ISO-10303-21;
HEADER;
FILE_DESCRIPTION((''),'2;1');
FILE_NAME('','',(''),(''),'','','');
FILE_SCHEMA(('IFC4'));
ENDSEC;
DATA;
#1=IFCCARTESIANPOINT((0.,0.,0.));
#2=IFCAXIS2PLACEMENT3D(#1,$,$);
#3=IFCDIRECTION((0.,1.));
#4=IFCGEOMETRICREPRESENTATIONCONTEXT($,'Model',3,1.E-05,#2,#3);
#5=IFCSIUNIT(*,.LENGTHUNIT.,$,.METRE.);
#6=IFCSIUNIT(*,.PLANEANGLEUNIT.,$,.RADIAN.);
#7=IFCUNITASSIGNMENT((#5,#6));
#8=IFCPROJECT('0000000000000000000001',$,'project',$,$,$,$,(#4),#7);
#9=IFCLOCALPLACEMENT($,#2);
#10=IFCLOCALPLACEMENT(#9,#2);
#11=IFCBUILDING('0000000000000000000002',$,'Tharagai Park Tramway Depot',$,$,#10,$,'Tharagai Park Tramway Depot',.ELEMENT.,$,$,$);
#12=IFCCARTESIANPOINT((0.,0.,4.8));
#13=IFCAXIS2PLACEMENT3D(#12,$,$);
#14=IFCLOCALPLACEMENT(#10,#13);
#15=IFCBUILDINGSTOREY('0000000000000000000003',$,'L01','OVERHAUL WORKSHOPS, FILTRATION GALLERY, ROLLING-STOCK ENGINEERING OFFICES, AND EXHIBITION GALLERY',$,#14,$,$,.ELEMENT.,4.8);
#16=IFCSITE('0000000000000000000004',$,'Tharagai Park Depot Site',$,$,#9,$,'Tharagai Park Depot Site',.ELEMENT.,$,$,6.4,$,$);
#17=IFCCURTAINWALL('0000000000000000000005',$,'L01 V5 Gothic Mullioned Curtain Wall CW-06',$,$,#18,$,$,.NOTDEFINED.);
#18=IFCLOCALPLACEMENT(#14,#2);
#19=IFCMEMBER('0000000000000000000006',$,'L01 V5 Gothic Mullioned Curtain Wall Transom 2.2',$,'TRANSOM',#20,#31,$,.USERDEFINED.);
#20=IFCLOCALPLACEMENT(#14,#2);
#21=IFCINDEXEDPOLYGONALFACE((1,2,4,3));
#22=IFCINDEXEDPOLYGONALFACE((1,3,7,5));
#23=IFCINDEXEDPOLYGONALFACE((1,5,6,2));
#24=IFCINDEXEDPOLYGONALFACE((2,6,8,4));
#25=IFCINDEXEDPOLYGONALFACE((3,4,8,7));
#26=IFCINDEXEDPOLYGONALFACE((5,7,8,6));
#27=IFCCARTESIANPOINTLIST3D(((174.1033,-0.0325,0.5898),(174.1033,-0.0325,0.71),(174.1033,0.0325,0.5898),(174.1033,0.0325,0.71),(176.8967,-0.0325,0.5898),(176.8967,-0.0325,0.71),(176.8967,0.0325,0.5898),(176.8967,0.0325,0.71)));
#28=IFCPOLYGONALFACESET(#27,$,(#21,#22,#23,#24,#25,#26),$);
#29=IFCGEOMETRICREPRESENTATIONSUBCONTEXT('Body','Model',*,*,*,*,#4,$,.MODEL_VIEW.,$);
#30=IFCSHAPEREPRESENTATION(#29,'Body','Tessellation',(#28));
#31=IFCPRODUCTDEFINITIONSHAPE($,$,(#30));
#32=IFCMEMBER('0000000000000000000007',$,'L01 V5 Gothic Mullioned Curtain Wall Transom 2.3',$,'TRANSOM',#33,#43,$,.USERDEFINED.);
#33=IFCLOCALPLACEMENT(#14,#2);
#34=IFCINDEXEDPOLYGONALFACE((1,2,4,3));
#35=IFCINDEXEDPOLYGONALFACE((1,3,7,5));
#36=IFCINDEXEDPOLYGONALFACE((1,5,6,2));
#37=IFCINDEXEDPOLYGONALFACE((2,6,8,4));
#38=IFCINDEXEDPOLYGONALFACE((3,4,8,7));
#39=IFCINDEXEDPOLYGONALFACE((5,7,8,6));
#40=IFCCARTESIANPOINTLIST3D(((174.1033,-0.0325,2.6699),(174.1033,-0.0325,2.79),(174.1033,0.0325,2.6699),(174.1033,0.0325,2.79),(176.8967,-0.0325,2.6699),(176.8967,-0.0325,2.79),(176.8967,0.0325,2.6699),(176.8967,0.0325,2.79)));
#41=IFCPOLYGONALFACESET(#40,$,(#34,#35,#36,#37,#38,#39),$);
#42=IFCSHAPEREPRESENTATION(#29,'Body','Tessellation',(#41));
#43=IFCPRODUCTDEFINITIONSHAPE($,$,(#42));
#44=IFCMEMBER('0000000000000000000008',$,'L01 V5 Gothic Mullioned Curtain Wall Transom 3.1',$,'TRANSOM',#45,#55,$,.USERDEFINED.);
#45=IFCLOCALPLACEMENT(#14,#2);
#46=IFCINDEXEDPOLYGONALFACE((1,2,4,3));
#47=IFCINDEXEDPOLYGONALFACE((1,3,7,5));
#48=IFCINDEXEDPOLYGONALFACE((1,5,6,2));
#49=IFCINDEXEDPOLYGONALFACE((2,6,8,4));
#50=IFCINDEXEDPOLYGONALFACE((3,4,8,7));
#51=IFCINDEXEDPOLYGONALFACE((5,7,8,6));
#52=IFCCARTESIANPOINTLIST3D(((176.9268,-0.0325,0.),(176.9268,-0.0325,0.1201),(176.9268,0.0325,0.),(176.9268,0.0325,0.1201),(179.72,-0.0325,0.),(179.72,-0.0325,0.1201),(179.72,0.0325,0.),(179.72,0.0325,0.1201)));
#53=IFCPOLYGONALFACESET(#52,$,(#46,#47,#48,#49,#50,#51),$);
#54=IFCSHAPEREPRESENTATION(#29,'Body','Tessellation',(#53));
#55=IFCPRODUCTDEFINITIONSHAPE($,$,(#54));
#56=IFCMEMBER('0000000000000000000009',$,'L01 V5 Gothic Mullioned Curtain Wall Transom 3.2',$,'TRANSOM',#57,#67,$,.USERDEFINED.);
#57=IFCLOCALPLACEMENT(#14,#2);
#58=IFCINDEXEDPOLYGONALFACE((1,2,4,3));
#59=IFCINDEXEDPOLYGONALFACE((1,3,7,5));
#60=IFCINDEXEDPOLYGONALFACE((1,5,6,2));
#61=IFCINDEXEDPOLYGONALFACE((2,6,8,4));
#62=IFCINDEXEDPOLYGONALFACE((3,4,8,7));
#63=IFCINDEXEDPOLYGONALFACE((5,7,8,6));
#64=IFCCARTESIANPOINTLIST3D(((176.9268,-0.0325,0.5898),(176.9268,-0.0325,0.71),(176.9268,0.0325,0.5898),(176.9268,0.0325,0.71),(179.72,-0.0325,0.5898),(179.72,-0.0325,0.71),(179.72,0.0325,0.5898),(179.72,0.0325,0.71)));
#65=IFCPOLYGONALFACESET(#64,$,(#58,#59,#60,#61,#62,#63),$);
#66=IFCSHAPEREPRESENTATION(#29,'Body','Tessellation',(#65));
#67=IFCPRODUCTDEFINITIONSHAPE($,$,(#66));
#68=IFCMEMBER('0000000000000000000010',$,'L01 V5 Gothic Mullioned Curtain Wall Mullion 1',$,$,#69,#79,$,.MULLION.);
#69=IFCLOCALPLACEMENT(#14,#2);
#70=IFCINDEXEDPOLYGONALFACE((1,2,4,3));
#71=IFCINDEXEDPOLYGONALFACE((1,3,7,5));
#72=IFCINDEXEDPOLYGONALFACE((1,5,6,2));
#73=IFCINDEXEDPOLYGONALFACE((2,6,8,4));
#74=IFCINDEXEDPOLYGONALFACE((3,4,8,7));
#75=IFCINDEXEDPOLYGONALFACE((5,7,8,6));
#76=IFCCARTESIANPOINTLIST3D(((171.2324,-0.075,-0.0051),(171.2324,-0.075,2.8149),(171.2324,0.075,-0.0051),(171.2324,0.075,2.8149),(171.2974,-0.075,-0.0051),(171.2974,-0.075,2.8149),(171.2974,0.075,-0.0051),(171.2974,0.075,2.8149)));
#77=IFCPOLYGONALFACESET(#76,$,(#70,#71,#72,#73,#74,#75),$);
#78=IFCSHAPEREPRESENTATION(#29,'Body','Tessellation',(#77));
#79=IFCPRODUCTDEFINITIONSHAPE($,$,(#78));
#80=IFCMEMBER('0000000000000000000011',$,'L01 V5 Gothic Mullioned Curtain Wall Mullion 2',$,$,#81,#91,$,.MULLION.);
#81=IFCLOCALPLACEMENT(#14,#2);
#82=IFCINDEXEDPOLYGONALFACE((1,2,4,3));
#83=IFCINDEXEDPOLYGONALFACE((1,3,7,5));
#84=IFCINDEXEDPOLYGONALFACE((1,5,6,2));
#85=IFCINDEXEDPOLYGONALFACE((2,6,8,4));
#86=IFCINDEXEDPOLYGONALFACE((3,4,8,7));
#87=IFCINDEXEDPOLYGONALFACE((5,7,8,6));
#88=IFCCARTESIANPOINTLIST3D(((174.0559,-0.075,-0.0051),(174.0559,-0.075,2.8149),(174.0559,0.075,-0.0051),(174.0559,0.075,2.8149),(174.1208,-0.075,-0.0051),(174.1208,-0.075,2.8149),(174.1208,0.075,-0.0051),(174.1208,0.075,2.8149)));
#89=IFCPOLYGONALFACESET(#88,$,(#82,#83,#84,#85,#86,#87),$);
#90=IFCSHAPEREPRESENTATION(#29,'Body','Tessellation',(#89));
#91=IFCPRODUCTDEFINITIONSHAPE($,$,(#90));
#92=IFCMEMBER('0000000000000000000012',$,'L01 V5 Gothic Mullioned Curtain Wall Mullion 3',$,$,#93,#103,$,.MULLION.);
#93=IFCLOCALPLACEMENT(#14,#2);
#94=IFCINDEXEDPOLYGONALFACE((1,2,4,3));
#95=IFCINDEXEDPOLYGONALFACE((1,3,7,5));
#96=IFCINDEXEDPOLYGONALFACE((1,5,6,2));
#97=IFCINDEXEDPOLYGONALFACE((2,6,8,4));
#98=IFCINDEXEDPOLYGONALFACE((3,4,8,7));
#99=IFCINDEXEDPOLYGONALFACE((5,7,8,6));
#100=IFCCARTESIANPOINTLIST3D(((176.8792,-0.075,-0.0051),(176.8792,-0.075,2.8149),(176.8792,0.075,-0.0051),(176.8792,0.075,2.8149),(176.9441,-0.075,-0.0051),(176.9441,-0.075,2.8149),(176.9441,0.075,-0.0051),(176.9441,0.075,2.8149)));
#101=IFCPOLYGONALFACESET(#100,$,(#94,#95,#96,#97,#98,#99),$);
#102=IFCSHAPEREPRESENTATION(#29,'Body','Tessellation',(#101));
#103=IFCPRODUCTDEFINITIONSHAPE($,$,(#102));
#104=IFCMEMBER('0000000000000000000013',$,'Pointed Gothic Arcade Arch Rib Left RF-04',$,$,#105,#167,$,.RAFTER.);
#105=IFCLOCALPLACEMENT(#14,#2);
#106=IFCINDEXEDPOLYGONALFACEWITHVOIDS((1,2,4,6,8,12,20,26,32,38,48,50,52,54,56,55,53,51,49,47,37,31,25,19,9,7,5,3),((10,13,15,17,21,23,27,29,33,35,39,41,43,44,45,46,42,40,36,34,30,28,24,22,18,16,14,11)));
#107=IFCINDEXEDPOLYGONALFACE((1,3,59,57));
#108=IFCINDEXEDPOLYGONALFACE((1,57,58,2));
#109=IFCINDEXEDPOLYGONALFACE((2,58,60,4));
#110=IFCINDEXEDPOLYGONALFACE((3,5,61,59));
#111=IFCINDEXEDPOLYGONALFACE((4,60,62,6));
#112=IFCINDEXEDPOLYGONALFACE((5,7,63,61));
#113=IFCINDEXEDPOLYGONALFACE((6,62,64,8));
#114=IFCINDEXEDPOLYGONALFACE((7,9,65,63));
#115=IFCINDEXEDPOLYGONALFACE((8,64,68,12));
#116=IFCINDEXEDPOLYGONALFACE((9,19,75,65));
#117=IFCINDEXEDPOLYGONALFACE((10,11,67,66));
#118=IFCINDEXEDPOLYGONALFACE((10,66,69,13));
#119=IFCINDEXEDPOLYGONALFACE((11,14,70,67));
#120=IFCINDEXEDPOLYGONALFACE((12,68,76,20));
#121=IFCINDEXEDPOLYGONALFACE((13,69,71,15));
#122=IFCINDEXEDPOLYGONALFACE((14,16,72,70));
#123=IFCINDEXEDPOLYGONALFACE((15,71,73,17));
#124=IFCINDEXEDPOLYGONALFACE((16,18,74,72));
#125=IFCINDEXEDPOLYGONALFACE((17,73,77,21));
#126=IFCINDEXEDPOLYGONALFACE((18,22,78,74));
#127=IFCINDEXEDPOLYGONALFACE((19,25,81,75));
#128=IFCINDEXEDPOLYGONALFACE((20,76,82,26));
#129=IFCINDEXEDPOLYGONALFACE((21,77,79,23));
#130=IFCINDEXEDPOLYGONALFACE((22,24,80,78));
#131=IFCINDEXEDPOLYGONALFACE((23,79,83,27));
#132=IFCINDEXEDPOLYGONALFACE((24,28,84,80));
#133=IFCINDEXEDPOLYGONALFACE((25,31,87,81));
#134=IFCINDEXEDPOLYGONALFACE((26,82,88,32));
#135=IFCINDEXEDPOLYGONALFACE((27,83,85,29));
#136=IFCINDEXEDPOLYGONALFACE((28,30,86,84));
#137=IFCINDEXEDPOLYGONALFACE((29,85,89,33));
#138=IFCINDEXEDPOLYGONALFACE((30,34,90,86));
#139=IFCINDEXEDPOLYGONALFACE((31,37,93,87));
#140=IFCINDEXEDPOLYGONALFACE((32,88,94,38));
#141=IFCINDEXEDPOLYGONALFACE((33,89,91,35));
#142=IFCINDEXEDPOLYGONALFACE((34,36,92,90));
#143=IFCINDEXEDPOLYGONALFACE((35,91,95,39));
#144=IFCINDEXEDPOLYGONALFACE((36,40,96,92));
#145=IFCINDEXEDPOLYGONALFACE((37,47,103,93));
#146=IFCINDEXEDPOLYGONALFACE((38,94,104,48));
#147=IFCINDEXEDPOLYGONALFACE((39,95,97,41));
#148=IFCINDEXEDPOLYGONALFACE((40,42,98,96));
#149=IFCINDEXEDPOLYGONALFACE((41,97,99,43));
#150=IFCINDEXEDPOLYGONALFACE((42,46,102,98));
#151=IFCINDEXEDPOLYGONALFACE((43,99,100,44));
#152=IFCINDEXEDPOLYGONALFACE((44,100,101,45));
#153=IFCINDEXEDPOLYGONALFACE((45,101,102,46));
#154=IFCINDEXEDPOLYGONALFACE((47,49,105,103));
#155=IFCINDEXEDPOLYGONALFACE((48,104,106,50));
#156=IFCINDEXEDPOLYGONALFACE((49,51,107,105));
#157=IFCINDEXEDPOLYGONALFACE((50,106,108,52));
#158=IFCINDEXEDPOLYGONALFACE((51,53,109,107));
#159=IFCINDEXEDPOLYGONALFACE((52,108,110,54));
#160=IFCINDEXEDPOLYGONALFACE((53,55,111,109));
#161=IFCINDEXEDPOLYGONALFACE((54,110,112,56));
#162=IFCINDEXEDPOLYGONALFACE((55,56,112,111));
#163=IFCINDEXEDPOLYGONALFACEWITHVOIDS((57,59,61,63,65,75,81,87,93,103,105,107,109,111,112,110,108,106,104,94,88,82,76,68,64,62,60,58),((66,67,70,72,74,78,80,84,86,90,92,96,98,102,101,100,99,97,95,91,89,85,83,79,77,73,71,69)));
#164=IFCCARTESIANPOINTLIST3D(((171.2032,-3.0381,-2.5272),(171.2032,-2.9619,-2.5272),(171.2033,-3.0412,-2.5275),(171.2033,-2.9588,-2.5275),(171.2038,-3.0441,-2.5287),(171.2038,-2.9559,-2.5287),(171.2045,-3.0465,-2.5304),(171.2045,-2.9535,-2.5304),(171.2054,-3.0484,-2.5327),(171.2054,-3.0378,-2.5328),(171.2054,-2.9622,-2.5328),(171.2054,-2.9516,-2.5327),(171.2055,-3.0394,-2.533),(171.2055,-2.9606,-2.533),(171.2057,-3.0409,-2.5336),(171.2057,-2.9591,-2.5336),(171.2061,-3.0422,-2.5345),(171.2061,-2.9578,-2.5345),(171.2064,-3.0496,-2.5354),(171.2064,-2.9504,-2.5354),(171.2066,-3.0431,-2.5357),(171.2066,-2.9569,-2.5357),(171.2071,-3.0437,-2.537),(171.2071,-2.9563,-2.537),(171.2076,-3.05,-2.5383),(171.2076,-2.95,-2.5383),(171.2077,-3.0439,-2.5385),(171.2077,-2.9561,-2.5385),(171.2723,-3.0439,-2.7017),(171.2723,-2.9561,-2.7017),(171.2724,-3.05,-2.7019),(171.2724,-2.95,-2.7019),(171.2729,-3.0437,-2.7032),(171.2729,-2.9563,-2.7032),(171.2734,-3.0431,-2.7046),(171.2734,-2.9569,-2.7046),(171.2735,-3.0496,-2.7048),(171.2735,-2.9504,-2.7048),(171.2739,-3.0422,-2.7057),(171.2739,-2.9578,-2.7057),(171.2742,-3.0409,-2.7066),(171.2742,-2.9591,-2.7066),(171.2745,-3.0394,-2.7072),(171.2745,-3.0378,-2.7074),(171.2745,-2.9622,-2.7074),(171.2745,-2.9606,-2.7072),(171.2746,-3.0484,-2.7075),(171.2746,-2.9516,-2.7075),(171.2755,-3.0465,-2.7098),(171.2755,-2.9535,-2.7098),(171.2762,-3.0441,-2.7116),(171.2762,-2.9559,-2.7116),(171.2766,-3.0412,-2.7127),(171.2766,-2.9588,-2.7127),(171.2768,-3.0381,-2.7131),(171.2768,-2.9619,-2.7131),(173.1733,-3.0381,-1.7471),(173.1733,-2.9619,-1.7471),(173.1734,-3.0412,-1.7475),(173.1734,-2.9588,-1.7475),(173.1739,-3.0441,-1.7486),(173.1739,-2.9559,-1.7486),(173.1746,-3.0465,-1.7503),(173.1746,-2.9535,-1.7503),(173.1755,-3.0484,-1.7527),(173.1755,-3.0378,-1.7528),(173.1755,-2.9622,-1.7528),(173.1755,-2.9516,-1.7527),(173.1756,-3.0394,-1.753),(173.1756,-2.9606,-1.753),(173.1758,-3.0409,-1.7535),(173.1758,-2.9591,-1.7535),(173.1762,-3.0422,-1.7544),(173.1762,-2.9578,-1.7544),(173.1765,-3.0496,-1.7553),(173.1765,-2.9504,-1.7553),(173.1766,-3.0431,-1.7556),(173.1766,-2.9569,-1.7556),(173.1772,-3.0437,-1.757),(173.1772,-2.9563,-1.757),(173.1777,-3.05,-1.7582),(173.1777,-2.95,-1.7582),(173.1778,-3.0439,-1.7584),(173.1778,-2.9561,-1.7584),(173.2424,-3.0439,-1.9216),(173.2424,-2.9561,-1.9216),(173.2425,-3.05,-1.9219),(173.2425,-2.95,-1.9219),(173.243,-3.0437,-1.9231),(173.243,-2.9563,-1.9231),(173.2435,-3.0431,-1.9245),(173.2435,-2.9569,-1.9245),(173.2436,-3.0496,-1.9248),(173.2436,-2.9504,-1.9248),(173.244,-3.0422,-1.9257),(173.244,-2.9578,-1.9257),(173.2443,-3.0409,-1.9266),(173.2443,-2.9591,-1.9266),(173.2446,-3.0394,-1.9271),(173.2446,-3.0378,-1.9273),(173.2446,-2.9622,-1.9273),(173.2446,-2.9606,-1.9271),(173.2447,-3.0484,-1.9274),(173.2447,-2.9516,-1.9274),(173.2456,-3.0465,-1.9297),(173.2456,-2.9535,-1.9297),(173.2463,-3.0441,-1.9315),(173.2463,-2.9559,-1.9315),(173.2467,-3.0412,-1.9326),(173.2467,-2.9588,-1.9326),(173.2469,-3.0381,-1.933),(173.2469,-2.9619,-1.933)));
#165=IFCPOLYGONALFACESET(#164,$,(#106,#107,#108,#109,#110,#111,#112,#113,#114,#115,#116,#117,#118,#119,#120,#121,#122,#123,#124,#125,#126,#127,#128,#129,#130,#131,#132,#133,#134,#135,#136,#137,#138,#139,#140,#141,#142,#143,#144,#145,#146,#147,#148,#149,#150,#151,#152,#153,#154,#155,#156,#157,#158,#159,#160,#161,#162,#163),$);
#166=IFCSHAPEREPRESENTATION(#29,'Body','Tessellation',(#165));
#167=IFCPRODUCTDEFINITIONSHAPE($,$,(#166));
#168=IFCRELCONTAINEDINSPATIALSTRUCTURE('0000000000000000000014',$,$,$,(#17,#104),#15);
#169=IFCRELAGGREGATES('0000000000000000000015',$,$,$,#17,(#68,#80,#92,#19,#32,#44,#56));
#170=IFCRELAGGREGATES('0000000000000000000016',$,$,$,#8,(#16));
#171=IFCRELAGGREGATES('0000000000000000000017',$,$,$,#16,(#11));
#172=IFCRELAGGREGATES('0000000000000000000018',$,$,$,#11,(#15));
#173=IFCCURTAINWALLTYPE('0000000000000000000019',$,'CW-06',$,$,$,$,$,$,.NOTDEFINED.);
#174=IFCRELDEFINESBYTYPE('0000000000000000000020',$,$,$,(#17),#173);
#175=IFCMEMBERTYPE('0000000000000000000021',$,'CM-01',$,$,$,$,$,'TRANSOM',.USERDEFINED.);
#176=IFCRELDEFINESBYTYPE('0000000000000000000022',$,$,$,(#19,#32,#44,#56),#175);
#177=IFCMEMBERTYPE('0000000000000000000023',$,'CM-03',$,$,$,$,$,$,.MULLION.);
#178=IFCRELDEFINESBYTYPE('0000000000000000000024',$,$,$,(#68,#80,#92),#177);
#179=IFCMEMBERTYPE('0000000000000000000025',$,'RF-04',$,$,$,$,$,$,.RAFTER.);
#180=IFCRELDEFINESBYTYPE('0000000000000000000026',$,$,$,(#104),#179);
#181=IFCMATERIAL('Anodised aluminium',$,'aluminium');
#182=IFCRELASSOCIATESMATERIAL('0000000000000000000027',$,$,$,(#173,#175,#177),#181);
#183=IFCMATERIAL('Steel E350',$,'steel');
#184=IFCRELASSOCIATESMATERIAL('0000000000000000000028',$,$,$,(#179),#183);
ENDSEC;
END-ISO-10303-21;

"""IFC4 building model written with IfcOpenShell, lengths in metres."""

from ifc_helpers import new_model, si_unit, direction, frame, origin, origin_2d, place, context, subcontext, project, spatial, rectangle, hollow_rectangle, extrude, material, material_profile, profile_set, type_object, element, aggregate, save


model = new_model("IFC4")

# Units and contexts
model_context = context("Model", 3, precision=1e-05, world=origin(), true_north=direction((0.0, 1.0)))
body_context = subcontext(model_context, "Body", "Model", "MODEL_VIEW")
ifc_project = project(units=[si_unit("LENGTHUNIT", "METRE"), si_unit("PLANEANGLEUNIT", "RADIAN")], contexts=[model_context])

# Site, building, storey
site_placement = place(None, origin())
site = spatial("IfcSite", under=ifc_project, at=site_placement, Name="Tharagai Park Depot Site", LongName="Tharagai Park Depot Site", CompositionType="ELEMENT", RefElevation=6.4)
building_placement = place(site_placement, origin())
building = spatial("IfcBuilding", under=site, at=building_placement, Name="Tharagai Park Tramway Depot", LongName="Tharagai Park Tramway Depot", CompositionType="ELEMENT")
storey_placement = place(building_placement, frame((0.0, 0.0, 4.8)))
storey = spatial("IfcBuildingStorey", under=building, at=storey_placement, Name="L01", Description="OVERHAUL WORKSHOPS, FILTRATION GALLERY, ROLLING-STOCK ENGINEERING OFFICES, AND EXHIBITION GALLERY", CompositionType="ELEMENT", Elevation=4.8)

# Curtain wall, members
ifc_material_1 = material(Name="Anodised aluminium", Category="aluminium")
curtain_wall_type = type_object("IfcCurtainWallType", Name="CW-06", PredefinedType="NOTDEFINED", material=ifc_material_1)
curtain_wall_placement = place(storey_placement, origin())
curtain_wall = element("IfcCurtainWall", 1, at=curtain_wall_placement, inside=storey, type_object=curtain_wall_type, Name="L01 V5 Gothic Mullioned Curtain Wall CW-06", PredefinedType="NOTDEFINED")
ifc_material_profile_1 = material_profile(ifc_material_1, rectangle(XDim=0.0649, YDim=0.1201, at=origin_2d()), Name="ALU 65x120")
ifc_profile_set_1 = profile_set([ifc_material_profile_1], Name="Anodised aluminium")
member_type_1 = type_object("IfcMemberType", Name="CM-01", ElementType="TRANSOM", PredefinedType="USERDEFINED", material=ifc_profile_set_1)
member_1_placement = place(storey_placement, frame((174.1033, 0.0, 0.6499), z_axis=(1.0, 0.0, 0.0), x_axis=(0.0, 1.0, 0.0)))
member_1 = element("IfcMember", 2, at=member_1_placement, type_object=member_type_1, Name="L01 V5 Gothic Mullioned Curtain Wall Transom 2.2", ObjectType="TRANSOM", PredefinedType="USERDEFINED", context=body_context, shape_type="SweptSolid", body=[
    extrude(rectangle(XDim=0.0649, YDim=0.1201, at=origin_2d()), origin(), (0.0, 0.0, 1.0), 2.7935),
])
member_2_placement = place(storey_placement, frame((174.1033, 0.0, 2.73), z_axis=(1.0, 0.0, 0.0), x_axis=(0.0, 1.0, 0.0)))
member_2 = element("IfcMember", 3, at=member_2_placement, type_object=member_type_1, Name="L01 V5 Gothic Mullioned Curtain Wall Transom 2.3", ObjectType="TRANSOM", PredefinedType="USERDEFINED", context=body_context, shape_type="SweptSolid", body=[
    extrude(rectangle(XDim=0.0649, YDim=0.1201, at=origin_2d()), origin(), (0.0, 0.0, 1.0), 2.7935),
])
member_3_placement = place(storey_placement, frame((176.9268, 0.0, 0.0601), z_axis=(1.0, 0.0, 0.0), x_axis=(0.0, 1.0, 0.0)))
member_3 = element("IfcMember", 4, at=member_3_placement, type_object=member_type_1, Name="L01 V5 Gothic Mullioned Curtain Wall Transom 3.1", ObjectType="TRANSOM", PredefinedType="USERDEFINED", context=body_context, shape_type="SweptSolid", body=[
    extrude(rectangle(XDim=0.0649, YDim=0.1201, at=origin_2d()), origin(), (0.0, 0.0, 1.0), 2.7932),
])
member_4_placement = place(storey_placement, frame((176.9268, 0.0, 0.6499), z_axis=(1.0, 0.0, 0.0), x_axis=(0.0, 1.0, 0.0)))
member_4 = element("IfcMember", 5, at=member_4_placement, type_object=member_type_1, Name="L01 V5 Gothic Mullioned Curtain Wall Transom 3.2", ObjectType="TRANSOM", PredefinedType="USERDEFINED", context=body_context, shape_type="SweptSolid", body=[
    extrude(rectangle(XDim=0.0649, YDim=0.1201, at=origin_2d()), origin(), (0.0, 0.0, 1.0), 2.7932),
])
ifc_material_profile_2 = material_profile(ifc_material_1, rectangle(XDim=0.0649, YDim=0.1499, at=origin_2d()), Name="ALU 65x150")
ifc_profile_set_2 = profile_set([ifc_material_profile_2], Name="Anodised aluminium")
member_type_2 = type_object("IfcMemberType", Name="CM-03", PredefinedType="MULLION", material=ifc_profile_set_2)
member_5_placement = place(storey_placement, frame((171.2649, 0.0, -0.0051), z_axis=(0.0, 0.0, 1.0), x_axis=(1.0, 0.0, 0.0)))
member_5 = element("IfcMember", 6, at=member_5_placement, type_object=member_type_2, Name="L01 V5 Gothic Mullioned Curtain Wall Mullion 1", PredefinedType="MULLION", context=body_context, shape_type="SweptSolid", body=[
    extrude(rectangle(XDim=0.0649, YDim=0.1499, at=origin_2d()), origin(), (0.0, 0.0, 1.0), 2.8201),
])
member_6_placement = place(storey_placement, frame((174.0884, 0.0, -0.0051), z_axis=(0.0, 0.0, 1.0), x_axis=(1.0, 0.0, 0.0)))
member_6 = element("IfcMember", 7, at=member_6_placement, type_object=member_type_2, Name="L01 V5 Gothic Mullioned Curtain Wall Mullion 2", PredefinedType="MULLION", context=body_context, shape_type="SweptSolid", body=[
    extrude(rectangle(XDim=0.0649, YDim=0.1499, at=origin_2d()), origin(), (0.0, 0.0, 1.0), 2.8201),
])
member_7_placement = place(storey_placement, frame((176.9116, 0.0, -0.0051), z_axis=(0.0, 0.0, 1.0), x_axis=(1.0, 0.0, 0.0)))
member_7 = element("IfcMember", 8, at=member_7_placement, type_object=member_type_2, Name="L01 V5 Gothic Mullioned Curtain Wall Mullion 3", PredefinedType="MULLION", context=body_context, shape_type="SweptSolid", body=[
    extrude(rectangle(XDim=0.0649, YDim=0.1499, at=origin_2d()), origin(), (0.0, 0.0, 1.0), 2.8201),
])

# Member
ifc_material_2 = material(Name="Steel E350", Category="steel")
ifc_material_profile_3 = material_profile(ifc_material_2, hollow_rectangle(XDim=0.1001, YDim=0.2, WallThickness=0.0061, InnerFilletRadius=0.0061, OuterFilletRadius=0.012, at=origin_2d()), Name="RHS 200x100x6")
ifc_profile_set_3 = profile_set([ifc_material_profile_3], Name="Steel E350")
member_type_3 = type_object("IfcMemberType", Name="RF-04", PredefinedType="RAFTER", material=ifc_profile_set_3)
for number, where, z_axis, x_axis, name in (
    (9, (171.24, -3.0, -2.6201), (0.929766, 0.0, 0.36815), (0.0, 1.0, 0.0), "Pointed Gothic Arcade Arch Rib Left RF-04"),
):
    element("IfcMember", number, at=place(storey_placement, frame(where, z_axis=z_axis, x_axis=x_axis)), inside=storey, type_object=member_type_3, Name=name, PredefinedType="RAFTER", context=body_context, shape_type="SweptSolid", body=[
        extrude(hollow_rectangle(XDim=0.1001, YDim=0.2, WallThickness=0.0061, InnerFilletRadius=0.0061, OuterFilletRadius=0.012, at=origin_2d()), origin(), (0.0, 0.0, 1.0), 2.1189),
    ])

aggregate(curtain_wall, [member_5, member_6, member_7, member_1, member_2, member_3, member_4])

save(model, "model.ifc")
